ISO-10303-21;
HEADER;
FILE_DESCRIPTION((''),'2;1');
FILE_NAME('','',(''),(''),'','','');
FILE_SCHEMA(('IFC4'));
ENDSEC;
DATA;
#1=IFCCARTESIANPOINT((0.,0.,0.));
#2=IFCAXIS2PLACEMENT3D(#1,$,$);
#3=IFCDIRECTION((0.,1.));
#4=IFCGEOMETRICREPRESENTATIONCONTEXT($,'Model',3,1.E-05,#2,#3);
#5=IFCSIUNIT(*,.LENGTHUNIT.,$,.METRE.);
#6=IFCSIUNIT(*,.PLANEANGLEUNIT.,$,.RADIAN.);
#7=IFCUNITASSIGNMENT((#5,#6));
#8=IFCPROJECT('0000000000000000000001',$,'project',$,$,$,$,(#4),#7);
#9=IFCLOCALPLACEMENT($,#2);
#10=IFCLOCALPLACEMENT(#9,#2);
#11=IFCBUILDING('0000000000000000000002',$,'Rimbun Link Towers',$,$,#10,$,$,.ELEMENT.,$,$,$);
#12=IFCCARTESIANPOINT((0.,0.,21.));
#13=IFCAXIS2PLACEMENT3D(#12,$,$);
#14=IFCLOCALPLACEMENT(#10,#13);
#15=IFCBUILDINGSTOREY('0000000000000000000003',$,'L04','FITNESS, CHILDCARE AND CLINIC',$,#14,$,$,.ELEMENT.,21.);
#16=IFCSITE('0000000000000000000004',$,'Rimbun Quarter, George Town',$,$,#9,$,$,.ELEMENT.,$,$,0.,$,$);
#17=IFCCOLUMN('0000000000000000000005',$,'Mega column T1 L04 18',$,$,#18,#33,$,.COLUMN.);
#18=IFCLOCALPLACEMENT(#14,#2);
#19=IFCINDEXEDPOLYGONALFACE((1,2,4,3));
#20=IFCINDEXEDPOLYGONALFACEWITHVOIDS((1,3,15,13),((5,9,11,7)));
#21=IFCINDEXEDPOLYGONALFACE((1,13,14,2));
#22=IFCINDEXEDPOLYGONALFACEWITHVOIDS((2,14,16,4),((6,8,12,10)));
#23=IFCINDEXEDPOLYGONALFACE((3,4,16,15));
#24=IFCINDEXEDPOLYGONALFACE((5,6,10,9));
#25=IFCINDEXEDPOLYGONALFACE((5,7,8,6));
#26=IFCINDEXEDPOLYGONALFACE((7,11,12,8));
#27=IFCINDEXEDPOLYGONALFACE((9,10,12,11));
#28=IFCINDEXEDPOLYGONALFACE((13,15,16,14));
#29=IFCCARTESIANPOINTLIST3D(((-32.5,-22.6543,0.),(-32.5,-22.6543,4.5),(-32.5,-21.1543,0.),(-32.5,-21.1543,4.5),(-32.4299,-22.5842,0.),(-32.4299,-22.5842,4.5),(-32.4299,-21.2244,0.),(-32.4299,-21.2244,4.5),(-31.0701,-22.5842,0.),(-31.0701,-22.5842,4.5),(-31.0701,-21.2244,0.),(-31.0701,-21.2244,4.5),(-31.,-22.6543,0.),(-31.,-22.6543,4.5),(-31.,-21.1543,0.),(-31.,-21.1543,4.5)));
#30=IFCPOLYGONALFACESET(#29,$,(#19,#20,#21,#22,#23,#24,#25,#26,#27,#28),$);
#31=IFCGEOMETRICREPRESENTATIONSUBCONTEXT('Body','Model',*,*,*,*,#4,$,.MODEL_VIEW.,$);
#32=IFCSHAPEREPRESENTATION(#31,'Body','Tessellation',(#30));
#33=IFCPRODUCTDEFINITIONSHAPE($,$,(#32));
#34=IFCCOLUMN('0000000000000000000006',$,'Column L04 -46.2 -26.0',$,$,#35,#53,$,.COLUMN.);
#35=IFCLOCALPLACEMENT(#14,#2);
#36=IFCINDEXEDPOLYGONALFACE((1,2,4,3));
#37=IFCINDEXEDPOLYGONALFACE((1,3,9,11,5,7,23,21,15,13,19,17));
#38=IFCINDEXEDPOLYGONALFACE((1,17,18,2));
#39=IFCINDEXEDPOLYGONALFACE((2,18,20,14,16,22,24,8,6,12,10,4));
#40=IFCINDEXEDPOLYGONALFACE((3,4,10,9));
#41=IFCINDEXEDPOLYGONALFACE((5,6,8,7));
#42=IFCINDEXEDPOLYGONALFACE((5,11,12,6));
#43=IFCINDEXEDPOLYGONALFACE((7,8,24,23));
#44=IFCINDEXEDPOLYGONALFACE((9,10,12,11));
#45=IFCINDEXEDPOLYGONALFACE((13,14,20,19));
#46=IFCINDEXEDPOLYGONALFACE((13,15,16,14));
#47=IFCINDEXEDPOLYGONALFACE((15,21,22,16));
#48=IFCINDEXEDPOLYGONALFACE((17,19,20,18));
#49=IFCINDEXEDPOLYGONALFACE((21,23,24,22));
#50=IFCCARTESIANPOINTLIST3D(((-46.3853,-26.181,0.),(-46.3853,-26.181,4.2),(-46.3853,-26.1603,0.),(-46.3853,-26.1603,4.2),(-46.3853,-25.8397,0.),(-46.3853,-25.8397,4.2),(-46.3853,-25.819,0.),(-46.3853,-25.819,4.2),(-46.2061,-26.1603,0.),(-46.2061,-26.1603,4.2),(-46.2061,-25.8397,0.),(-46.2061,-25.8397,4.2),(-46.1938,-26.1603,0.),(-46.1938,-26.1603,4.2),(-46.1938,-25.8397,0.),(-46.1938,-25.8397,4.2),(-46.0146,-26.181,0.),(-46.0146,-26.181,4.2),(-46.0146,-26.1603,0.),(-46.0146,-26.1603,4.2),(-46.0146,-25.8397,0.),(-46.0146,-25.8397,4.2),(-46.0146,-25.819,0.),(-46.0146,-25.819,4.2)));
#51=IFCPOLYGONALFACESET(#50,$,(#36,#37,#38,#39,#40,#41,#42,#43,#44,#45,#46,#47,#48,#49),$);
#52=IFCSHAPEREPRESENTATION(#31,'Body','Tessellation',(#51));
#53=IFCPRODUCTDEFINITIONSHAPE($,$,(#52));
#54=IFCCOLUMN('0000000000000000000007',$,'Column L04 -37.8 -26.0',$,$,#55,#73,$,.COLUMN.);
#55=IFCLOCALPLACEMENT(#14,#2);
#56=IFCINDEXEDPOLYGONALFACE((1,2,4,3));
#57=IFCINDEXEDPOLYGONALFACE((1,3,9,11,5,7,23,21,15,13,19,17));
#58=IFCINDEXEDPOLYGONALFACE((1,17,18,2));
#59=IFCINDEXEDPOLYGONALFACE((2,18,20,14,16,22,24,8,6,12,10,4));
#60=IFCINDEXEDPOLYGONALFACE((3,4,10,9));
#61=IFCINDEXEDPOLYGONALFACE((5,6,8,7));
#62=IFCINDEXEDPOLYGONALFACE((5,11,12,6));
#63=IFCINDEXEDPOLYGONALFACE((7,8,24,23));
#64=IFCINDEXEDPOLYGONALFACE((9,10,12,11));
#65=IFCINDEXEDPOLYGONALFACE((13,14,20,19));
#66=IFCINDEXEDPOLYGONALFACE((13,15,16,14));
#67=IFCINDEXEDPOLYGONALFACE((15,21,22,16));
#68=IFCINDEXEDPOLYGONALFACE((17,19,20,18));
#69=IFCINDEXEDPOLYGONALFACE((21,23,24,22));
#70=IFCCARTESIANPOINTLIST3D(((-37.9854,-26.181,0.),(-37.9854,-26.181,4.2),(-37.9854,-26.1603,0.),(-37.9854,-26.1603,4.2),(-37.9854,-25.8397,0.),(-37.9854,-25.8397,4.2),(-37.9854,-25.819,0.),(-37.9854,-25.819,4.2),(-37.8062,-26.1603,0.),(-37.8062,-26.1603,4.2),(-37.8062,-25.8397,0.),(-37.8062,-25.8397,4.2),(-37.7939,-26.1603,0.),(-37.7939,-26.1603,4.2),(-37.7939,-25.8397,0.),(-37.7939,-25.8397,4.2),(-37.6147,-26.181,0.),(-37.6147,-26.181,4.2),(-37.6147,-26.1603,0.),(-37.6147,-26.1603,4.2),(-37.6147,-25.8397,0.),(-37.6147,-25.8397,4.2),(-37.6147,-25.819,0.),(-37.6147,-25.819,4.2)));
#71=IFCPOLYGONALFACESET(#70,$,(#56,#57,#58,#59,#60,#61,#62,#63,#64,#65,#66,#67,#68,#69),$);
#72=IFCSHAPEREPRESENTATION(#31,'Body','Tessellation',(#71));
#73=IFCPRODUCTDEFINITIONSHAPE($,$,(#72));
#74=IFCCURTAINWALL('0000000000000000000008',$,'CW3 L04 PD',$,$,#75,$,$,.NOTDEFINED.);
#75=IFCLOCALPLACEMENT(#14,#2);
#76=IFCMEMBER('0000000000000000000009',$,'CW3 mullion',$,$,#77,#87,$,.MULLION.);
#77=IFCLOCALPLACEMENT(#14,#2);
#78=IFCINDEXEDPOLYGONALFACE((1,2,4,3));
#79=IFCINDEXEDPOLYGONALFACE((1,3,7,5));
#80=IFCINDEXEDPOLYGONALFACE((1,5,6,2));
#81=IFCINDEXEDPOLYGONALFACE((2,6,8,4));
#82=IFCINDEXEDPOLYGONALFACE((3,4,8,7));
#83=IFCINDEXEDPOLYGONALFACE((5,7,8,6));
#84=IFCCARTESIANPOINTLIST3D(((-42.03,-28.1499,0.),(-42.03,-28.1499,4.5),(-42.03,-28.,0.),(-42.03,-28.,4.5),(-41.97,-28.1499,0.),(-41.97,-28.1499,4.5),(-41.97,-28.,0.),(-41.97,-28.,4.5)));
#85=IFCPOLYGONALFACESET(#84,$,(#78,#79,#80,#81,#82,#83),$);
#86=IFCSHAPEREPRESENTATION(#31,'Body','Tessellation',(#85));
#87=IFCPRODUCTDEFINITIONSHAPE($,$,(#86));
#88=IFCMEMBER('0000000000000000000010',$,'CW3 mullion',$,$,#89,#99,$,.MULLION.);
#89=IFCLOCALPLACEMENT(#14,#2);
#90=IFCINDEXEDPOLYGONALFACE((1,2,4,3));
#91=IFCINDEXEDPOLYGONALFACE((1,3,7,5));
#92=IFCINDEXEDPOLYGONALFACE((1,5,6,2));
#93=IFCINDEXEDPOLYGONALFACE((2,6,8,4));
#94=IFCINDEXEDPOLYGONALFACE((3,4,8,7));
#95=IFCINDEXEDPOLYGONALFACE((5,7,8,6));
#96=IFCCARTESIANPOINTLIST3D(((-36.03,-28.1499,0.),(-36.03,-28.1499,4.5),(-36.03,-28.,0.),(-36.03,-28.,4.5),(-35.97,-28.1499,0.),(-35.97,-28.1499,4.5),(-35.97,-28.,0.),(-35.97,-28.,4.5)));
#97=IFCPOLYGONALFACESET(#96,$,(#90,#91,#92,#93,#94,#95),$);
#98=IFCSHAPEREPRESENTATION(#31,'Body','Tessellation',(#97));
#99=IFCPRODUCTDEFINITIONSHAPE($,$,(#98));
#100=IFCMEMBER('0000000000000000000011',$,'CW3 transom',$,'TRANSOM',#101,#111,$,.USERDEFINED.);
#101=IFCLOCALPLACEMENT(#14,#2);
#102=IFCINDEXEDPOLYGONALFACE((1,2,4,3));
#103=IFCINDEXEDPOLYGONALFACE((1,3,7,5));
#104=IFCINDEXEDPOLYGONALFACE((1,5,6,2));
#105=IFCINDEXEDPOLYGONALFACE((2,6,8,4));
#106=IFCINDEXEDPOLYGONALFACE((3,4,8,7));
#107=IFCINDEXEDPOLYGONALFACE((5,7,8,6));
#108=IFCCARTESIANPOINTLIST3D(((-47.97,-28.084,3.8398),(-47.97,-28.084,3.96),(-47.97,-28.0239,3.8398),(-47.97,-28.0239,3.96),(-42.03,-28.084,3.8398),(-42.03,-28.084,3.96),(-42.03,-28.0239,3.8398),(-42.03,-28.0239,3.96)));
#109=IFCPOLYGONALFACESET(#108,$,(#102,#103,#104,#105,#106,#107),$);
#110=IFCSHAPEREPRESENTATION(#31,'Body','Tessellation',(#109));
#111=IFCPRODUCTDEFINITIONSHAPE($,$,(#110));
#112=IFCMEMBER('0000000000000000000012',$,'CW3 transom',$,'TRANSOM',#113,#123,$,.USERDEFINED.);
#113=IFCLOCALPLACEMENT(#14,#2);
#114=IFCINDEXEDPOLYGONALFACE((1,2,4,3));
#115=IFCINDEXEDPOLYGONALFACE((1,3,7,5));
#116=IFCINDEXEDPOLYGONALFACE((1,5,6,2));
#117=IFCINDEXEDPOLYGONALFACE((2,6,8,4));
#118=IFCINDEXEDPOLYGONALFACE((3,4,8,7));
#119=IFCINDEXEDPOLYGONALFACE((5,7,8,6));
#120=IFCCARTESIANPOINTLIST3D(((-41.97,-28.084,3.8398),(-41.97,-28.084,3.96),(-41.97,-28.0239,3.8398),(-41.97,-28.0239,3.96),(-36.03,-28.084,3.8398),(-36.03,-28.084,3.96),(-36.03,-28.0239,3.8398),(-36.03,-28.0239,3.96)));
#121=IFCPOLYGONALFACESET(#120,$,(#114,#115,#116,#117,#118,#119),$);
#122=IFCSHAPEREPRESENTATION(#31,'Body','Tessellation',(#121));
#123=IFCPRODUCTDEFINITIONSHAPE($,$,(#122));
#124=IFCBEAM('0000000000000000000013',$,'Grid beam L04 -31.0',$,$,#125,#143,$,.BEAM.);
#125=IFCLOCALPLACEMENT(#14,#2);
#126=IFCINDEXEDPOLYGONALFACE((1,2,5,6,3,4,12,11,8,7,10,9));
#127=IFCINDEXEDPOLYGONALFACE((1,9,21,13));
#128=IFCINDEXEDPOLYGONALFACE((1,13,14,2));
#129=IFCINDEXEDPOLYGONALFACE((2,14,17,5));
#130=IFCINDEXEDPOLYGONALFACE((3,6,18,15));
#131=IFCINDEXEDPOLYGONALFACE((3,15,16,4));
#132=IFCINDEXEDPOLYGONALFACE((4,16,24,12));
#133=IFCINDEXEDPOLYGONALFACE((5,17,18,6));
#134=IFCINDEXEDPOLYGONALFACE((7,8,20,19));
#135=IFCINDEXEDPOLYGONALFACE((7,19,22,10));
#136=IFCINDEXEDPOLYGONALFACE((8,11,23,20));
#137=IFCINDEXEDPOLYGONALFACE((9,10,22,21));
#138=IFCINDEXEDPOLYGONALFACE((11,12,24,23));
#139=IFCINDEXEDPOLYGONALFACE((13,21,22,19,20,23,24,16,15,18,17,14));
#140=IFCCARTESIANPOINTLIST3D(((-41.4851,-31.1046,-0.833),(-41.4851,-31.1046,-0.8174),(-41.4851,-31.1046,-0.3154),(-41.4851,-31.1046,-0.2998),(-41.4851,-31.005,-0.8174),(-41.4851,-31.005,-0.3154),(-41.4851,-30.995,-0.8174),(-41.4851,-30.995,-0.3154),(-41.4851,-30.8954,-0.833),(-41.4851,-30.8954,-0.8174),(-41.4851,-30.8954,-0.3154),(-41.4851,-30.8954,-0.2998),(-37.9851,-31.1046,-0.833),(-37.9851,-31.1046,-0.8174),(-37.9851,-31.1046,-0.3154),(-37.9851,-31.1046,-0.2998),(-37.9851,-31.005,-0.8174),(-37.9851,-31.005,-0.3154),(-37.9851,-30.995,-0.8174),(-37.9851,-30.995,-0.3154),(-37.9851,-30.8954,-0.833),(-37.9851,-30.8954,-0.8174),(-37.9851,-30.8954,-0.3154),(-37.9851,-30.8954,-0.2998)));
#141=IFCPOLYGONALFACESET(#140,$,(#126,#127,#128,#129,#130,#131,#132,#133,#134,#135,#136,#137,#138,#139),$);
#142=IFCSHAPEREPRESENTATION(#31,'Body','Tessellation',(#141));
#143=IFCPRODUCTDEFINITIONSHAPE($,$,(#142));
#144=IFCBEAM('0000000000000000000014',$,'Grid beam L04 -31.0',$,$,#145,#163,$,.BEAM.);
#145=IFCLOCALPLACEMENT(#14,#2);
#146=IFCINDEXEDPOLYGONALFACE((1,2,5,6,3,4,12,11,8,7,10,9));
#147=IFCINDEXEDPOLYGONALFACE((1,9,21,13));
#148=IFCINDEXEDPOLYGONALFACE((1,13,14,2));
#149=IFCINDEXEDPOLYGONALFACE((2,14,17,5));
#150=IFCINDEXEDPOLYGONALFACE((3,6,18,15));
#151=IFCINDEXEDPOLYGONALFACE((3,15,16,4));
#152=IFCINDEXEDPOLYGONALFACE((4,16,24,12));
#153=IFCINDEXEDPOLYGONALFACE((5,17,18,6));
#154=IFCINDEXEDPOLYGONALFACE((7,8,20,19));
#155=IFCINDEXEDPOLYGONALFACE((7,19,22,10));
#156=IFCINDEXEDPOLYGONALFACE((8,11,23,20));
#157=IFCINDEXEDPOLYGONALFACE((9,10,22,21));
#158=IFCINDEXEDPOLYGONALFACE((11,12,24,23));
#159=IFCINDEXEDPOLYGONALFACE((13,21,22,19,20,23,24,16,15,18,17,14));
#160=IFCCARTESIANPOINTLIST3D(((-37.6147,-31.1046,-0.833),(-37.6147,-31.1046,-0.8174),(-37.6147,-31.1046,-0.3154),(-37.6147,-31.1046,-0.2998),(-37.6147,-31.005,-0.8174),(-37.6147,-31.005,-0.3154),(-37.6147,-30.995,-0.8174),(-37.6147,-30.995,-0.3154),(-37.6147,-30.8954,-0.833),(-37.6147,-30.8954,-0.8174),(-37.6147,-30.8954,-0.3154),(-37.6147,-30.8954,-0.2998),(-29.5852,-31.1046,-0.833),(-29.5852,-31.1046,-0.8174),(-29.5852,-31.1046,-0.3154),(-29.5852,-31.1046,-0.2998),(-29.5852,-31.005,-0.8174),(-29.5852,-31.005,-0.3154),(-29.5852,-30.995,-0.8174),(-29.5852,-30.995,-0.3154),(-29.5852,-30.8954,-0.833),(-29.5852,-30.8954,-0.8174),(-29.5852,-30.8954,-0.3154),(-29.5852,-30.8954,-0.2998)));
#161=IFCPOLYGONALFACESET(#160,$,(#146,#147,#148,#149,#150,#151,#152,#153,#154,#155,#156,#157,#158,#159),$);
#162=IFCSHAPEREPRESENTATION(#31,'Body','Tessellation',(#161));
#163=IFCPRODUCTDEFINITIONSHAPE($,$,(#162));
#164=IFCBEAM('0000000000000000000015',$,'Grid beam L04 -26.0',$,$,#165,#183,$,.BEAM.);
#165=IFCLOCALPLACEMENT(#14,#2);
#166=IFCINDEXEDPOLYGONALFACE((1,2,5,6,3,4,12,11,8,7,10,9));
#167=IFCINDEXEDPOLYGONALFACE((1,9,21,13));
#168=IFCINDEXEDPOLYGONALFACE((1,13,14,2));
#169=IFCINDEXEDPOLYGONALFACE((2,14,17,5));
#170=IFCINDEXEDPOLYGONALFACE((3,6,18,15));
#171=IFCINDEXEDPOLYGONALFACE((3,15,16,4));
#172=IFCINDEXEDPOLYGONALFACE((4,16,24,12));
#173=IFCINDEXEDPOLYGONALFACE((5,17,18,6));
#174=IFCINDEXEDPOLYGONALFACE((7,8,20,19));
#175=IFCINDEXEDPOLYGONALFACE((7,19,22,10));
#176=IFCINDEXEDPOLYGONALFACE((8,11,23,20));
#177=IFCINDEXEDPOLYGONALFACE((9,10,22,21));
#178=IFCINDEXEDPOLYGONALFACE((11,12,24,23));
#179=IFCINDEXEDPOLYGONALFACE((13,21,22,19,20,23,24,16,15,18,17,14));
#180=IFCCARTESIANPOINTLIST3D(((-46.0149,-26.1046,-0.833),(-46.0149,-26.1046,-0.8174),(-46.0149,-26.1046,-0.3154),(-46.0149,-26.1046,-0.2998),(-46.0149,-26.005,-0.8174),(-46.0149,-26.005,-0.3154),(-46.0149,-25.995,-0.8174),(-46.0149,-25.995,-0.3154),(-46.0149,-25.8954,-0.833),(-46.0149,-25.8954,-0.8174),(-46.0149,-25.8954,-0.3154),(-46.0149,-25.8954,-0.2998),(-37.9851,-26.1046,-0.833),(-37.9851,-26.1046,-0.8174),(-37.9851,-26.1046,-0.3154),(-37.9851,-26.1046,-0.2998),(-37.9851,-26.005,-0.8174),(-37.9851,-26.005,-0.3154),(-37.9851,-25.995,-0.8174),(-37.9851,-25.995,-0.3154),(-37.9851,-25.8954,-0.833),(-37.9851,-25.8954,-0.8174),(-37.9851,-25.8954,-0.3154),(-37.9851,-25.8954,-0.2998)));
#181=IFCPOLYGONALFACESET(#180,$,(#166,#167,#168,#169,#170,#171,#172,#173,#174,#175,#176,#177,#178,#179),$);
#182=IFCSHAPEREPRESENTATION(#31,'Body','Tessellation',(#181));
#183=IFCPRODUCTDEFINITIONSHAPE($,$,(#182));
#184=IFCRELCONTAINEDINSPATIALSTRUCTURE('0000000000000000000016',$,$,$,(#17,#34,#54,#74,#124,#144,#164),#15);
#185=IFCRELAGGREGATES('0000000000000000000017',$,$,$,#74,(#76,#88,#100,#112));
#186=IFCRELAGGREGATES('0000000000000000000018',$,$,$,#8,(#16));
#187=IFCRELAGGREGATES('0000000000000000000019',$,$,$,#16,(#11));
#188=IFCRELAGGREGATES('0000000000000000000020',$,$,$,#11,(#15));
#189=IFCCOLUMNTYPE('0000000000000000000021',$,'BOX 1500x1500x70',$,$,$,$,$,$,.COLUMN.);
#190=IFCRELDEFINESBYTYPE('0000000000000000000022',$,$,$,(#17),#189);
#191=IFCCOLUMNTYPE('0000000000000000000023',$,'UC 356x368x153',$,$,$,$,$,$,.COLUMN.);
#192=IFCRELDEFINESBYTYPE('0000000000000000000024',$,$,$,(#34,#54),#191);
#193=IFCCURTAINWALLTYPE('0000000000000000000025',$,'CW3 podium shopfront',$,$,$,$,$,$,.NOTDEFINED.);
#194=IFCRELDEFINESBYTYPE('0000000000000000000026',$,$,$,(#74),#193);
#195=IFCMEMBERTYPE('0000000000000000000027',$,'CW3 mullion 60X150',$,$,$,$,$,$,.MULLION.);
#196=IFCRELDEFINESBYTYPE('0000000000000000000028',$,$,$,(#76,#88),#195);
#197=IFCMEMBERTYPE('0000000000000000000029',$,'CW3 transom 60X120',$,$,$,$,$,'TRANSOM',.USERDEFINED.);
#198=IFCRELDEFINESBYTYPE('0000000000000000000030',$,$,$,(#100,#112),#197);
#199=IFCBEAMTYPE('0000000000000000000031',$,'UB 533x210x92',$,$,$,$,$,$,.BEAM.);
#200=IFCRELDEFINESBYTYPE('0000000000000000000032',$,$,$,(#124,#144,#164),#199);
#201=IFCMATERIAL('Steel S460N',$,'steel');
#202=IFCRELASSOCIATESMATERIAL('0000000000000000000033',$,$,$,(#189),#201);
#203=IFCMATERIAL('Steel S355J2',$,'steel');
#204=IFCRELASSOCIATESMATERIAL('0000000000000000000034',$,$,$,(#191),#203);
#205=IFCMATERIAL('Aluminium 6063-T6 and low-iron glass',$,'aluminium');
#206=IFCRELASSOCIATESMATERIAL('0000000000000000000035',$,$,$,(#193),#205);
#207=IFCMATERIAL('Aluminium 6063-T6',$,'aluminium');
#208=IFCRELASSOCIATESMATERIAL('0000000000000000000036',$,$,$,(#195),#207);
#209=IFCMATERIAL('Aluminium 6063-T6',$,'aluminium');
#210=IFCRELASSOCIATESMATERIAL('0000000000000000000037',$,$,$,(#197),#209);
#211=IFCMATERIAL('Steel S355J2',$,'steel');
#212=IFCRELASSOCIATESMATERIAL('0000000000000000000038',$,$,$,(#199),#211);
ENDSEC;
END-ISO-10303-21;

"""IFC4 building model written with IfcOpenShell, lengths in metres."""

from ifc_helpers import new_model, si_unit, direction, frame, origin, origin_2d, place, context, subcontext, project, spatial, rectangle, hollow_rectangle, i_section, extrude, material, material_profile, profile_set, type_object, element, aggregate, save


model = new_model("IFC4")

# Units and contexts
model_context = context("Model", 3, precision=1e-05, world=origin(), true_north=direction((0.0, 1.0)))
body_context = subcontext(model_context, "Body", "Model", "MODEL_VIEW")
ifc_project = project(units=[si_unit("LENGTHUNIT", "METRE"), si_unit("PLANEANGLEUNIT", "RADIAN")], contexts=[model_context])

# Site, building, storey
site_placement = place(None, origin())
site = spatial("IfcSite", under=ifc_project, at=site_placement, Name="Rimbun Quarter, George Town", CompositionType="ELEMENT", RefElevation=0.0)
building_placement = place(site_placement, origin())
building = spatial("IfcBuilding", under=site, at=building_placement, Name="Rimbun Link Towers", CompositionType="ELEMENT")
storey_placement = place(building_placement, frame((0.0, 0.0, 21.0)))
storey = spatial("IfcBuildingStorey", under=building, at=storey_placement, Name="L04", Description="FITNESS, CHILDCARE AND CLINIC", CompositionType="ELEMENT", Elevation=21.0)

# Columns
ifc_material_1 = material(Name="Steel S460N", Category="steel")
ifc_material_profile_1 = material_profile(ifc_material_1, hollow_rectangle(XDim=1.5, YDim=1.5, WallThickness=0.0701, at=origin_2d()), Name="BOX 1500x1500x70")
ifc_profile_set_1 = profile_set([ifc_material_profile_1], Name="Steel S460N")
column_type_1 = type_object("IfcColumnType", Name="BOX 1500x1500x70", PredefinedType="COLUMN", material=ifc_profile_set_1)
column_placement = place(storey_placement, frame((-31.75, -21.9043, 0.0), z_axis=(0.0, 0.0, 1.0), x_axis=(0.0, -1.0, 0.0)))
element("IfcColumn", 1, at=column_placement, inside=storey, type_object=column_type_1, Name="Mega column T1 L04 18", PredefinedType="COLUMN", context=body_context, shape_type="SweptSolid", body=[
    extrude(hollow_rectangle(XDim=1.5, YDim=1.5, WallThickness=0.0701, at=origin_2d()), origin(), (0.0, 0.0, 1.0), 4.5),
])
ifc_material_2 = material(Name="Steel S355J2", Category="steel")
ifc_material_profile_2 = material_profile(ifc_material_2, i_section(OverallWidth=0.3706, OverallDepth=0.3621, WebThickness=0.0122, FlangeThickness=0.0208, at=origin_2d()), Name="UC 356x368x153")
ifc_profile_set_2 = profile_set([ifc_material_profile_2], Name="Steel S355J2")
column_type_2 = type_object("IfcColumnType", Name="UC 356x368x153", PredefinedType="COLUMN", material=ifc_profile_set_2)
for number, where, z_axis, x_axis, name in (
    (2, (-46.2, -26.0, 0.0), (0.0, 0.0, 1.0), (1.0, 0.0, 0.0), "Column L04 -46.2 -26.0"),
    (3, (-37.8, -26.0, 0.0), (0.0, 0.0, 1.0), (1.0, 0.0, 0.0), "Column L04 -37.8 -26.0"),
):
    element("IfcColumn", number, at=place(storey_placement, frame(where, z_axis=z_axis, x_axis=x_axis)), inside=storey, type_object=column_type_2, Name=name, PredefinedType="COLUMN", context=body_context, shape_type="SweptSolid", body=[
        extrude(i_section(OverallWidth=0.3706, OverallDepth=0.3621, WebThickness=0.0122, FlangeThickness=0.0208, at=origin_2d()), origin(), (0.0, 0.0, 1.0), 4.2),
    ])

# Curtain wall, members
ifc_material_3 = material(Name="Aluminium 6063-T6 and low-iron glass", Category="aluminium")
curtain_wall_type = type_object("IfcCurtainWallType", Name="CW3 podium shopfront", PredefinedType="NOTDEFINED", material=ifc_material_3)
curtain_wall_placement = place(storey_placement, origin())
curtain_wall = element("IfcCurtainWall", 4, at=curtain_wall_placement, inside=storey, type_object=curtain_wall_type, Name="CW3 L04 PD", PredefinedType="NOTDEFINED")
ifc_material_4 = material(Name="Aluminium 6063-T6", Category="aluminium")
ifc_material_profile_3 = material_profile(ifc_material_4, rectangle(XDim=0.1499, YDim=0.0601, at=origin_2d()), Name="MULLION 60X150")
ifc_profile_set_3 = profile_set([ifc_material_profile_3], Name="Aluminium 6063-T6")
member_type_1 = type_object("IfcMemberType", Name="CW3 mullion 60X150", PredefinedType="MULLION", material=ifc_profile_set_3)
member_1_placement = place(storey_placement, frame((-42.0, -28.075, 0.0), z_axis=(0.0, 0.0, 1.0), x_axis=(0.0, -1.0, 0.0)))
member_1 = element("IfcMember", 5, at=member_1_placement, type_object=member_type_1, Name="CW3 mullion", PredefinedType="MULLION", context=body_context, shape_type="SweptSolid", body=[
    extrude(rectangle(XDim=0.1499, YDim=0.0601, at=origin_2d()), origin(), (0.0, 0.0, 1.0), 4.5),
])
member_2_placement = place(storey_placement, frame((-36.0, -28.075, 0.0), z_axis=(0.0, 0.0, 1.0), x_axis=(0.0, -1.0, 0.0)))
member_2 = element("IfcMember", 6, at=member_2_placement, type_object=member_type_1, Name="CW3 mullion", PredefinedType="MULLION", context=body_context, shape_type="SweptSolid", body=[
    extrude(rectangle(XDim=0.1499, YDim=0.0601, at=origin_2d()), origin(), (0.0, 0.0, 1.0), 4.5),
])
ifc_material_5 = material(Name="Aluminium 6063-T6", Category="aluminium")
ifc_material_profile_4 = material_profile(ifc_material_5, rectangle(XDim=0.0601, YDim=0.1201, at=origin_2d()), Name="TRANSOM 60X120")
ifc_profile_set_4 = profile_set([ifc_material_profile_4], Name="Aluminium 6063-T6")
member_type_2 = type_object("IfcMemberType", Name="CW3 transom 60X120", ElementType="TRANSOM", PredefinedType="USERDEFINED", material=ifc_profile_set_4)
member_3_placement = place(storey_placement, frame((-42.03, -28.054, 3.8999), z_axis=(-1.0, 0.0, 0.0), x_axis=(0.0, -1.0, 0.0)))
member_3 = element("IfcMember", 7, at=member_3_placement, type_object=member_type_2, Name="CW3 transom", ObjectType="TRANSOM", PredefinedType="USERDEFINED", context=body_context, shape_type="SweptSolid", body=[
    extrude(rectangle(XDim=0.0601, YDim=0.1201, at=origin_2d()), origin(), (0.0, 0.0, 1.0), 5.9399),
])
member_4_placement = place(storey_placement, frame((-36.03, -28.054, 3.8999), z_axis=(-1.0, 0.0, 0.0), x_axis=(0.0, -1.0, 0.0)))
member_4 = element("IfcMember", 8, at=member_4_placement, type_object=member_type_2, Name="CW3 transom", ObjectType="TRANSOM", PredefinedType="USERDEFINED", context=body_context, shape_type="SweptSolid", body=[
    extrude(rectangle(XDim=0.0601, YDim=0.1201, at=origin_2d()), origin(), (0.0, 0.0, 1.0), 5.9399),
])

# Beams
ifc_material_6 = material(Name="Steel S355J2", Category="steel")
ifc_material_profile_5 = material_profile(ifc_material_6, i_section(OverallWidth=0.2092, OverallDepth=0.5332, WebThickness=0.01, FlangeThickness=0.0156, at=origin_2d()), Name="UB 533x210x92")
ifc_profile_set_5 = profile_set([ifc_material_profile_5], Name="Steel S355J2")
beam_type = type_object("IfcBeamType", Name="UB 533x210x92", PredefinedType="BEAM", material=ifc_profile_set_5)
beam_1_placement = place(storey_placement, frame((-41.4851, -31.0, -0.5664), z_axis=(1.0, 0.0, 0.0), x_axis=(0.0, 1.0, 0.0)))
element("IfcBeam", 9, at=beam_1_placement, inside=storey, type_object=beam_type, Name="Grid beam L04 -31.0", PredefinedType="BEAM", context=body_context, shape_type="SweptSolid", body=[
    extrude(i_section(OverallWidth=0.2092, OverallDepth=0.5332, WebThickness=0.01, FlangeThickness=0.0156, at=origin_2d()), origin(), (0.0, 0.0, 1.0), 3.5),
])
beam_2_placement = place(storey_placement, frame((-37.6147, -31.0, -0.5664), z_axis=(1.0, 0.0, 0.0), x_axis=(0.0, 1.0, 0.0)))
element("IfcBeam", 10, at=beam_2_placement, inside=storey, type_object=beam_type, Name="Grid beam L04 -31.0", PredefinedType="BEAM", context=body_context, shape_type="SweptSolid", body=[
    extrude(i_section(OverallWidth=0.2092, OverallDepth=0.5332, WebThickness=0.01, FlangeThickness=0.0156, at=origin_2d()), origin(), (0.0, 0.0, 1.0), 8.0295),
])
beam_3_placement = place(storey_placement, frame((-46.0149, -26.0, -0.5664), z_axis=(1.0, 0.0, 0.0), x_axis=(0.0, 1.0, 0.0)))
element("IfcBeam", 11, at=beam_3_placement, inside=storey, type_object=beam_type, Name="Grid beam L04 -26.0", PredefinedType="BEAM", context=body_context, shape_type="SweptSolid", body=[
    extrude(i_section(OverallWidth=0.2092, OverallDepth=0.5332, WebThickness=0.01, FlangeThickness=0.0156, at=origin_2d()), origin(), (0.0, 0.0, 1.0), 8.0298),
])

aggregate(curtain_wall, [member_1, member_2, member_3, member_4])

save(model, "model.ifc")
